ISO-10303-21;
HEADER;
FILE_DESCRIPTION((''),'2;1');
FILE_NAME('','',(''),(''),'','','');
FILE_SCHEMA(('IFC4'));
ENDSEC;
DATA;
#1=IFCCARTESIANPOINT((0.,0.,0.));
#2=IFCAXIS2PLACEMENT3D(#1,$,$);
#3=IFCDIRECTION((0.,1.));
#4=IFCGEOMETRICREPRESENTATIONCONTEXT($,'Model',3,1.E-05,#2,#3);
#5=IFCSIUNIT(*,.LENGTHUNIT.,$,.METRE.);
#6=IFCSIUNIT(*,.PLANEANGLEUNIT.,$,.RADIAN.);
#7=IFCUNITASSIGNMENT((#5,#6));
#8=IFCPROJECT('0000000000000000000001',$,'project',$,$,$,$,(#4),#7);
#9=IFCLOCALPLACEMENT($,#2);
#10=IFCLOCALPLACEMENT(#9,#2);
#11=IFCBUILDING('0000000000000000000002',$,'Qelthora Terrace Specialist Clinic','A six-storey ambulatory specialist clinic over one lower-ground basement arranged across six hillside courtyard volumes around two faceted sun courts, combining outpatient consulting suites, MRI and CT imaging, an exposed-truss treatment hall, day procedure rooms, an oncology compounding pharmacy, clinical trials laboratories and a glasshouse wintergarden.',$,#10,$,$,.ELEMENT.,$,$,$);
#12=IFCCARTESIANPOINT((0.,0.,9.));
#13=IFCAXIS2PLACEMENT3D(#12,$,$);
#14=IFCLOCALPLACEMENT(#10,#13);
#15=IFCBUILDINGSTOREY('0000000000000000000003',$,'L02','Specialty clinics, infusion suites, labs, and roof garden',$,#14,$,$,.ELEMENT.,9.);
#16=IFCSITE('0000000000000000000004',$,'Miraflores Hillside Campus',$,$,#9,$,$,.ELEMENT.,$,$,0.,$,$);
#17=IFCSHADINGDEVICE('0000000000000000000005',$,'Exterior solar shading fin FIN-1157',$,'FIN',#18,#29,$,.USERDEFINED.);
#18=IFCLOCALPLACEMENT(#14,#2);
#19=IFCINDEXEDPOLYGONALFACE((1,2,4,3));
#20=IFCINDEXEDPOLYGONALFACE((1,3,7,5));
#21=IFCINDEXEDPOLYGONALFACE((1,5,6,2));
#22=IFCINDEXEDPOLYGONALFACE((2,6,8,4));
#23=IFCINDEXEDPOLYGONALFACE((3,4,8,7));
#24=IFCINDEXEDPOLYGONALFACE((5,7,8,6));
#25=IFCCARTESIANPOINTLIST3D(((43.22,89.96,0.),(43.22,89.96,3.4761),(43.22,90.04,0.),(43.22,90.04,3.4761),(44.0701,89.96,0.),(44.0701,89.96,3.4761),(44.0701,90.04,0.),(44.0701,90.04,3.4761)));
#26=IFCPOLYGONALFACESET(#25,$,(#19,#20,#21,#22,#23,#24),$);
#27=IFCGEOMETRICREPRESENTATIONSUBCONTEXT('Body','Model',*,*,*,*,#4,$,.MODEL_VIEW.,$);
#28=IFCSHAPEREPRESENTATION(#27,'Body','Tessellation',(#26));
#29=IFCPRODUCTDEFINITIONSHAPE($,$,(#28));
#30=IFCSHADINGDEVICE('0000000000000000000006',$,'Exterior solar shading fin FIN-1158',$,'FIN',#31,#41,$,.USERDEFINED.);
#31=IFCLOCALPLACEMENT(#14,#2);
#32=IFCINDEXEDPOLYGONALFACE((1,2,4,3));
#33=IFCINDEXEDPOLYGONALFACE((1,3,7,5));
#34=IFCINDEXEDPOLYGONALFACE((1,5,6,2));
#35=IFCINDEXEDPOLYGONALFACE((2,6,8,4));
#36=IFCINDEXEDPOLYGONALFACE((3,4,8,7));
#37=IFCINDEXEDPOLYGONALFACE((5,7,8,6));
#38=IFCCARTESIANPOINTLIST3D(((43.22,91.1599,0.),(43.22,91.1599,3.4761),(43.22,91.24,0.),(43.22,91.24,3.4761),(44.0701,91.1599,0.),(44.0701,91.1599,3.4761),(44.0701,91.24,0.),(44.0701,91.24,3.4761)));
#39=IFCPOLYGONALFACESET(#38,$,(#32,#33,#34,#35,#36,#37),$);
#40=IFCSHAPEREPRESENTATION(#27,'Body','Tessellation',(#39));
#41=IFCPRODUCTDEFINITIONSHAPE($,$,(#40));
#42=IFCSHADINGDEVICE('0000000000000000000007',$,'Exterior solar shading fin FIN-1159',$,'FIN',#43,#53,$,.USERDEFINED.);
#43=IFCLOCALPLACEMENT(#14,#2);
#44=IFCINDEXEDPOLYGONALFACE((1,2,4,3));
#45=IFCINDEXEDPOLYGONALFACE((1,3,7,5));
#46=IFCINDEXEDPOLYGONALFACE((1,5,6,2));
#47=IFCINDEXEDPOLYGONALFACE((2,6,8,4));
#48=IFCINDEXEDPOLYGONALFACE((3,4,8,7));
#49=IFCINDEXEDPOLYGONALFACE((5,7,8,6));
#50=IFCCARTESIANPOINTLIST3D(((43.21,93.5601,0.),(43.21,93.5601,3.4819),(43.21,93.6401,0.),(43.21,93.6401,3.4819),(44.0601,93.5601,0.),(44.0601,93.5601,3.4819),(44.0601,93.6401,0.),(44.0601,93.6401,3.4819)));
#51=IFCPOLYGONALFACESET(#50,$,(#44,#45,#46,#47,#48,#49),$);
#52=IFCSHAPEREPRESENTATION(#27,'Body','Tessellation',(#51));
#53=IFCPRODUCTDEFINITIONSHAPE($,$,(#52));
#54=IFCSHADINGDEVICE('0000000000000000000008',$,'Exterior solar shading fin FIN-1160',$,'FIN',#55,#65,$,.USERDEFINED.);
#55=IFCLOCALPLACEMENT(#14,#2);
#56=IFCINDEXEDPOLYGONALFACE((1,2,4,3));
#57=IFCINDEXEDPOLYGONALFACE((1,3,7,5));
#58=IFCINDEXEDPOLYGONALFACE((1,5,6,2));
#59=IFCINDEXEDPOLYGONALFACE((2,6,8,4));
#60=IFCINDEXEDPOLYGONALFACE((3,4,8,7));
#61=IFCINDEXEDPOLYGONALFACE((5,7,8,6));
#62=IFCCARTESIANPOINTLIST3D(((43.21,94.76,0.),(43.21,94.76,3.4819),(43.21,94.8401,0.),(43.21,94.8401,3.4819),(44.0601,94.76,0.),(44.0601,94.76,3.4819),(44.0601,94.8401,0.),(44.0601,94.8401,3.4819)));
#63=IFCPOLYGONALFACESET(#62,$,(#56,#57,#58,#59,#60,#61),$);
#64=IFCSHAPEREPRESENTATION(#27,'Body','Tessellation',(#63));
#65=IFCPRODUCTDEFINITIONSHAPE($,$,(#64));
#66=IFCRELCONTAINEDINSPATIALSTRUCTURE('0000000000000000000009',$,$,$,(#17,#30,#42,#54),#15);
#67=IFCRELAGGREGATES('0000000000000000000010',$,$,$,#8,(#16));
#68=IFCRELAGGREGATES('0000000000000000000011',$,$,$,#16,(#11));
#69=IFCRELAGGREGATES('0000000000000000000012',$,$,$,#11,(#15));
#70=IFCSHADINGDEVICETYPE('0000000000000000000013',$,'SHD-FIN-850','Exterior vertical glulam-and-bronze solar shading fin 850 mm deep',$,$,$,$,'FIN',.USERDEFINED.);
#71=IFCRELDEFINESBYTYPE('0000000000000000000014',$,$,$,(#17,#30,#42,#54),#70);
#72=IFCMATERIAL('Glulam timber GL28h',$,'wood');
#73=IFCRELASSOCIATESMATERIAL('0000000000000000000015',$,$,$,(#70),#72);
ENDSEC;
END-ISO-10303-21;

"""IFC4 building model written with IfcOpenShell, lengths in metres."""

from ifc_helpers import new_model, si_unit, direction, frame, origin, origin_2d, place, context, subcontext, project, spatial, rectangle, extrude, material, type_object, element, save


model = new_model("IFC4")

# Units and contexts
model_context = context("Model", 3, precision=1e-05, world=origin(), true_north=direction((0.0, 1.0)))
body_context = subcontext(model_context, "Body", "Model", "MODEL_VIEW")
ifc_project = project(units=[si_unit("LENGTHUNIT", "METRE"), si_unit("PLANEANGLEUNIT", "RADIAN")], contexts=[model_context])

# Site, building, storey
site_placement = place(None, origin())
site = spatial("IfcSite", under=ifc_project, at=site_placement, Name="Miraflores Hillside Campus", CompositionType="ELEMENT", RefElevation=0.0)
building_placement = place(site_placement, origin())
building = spatial("IfcBuilding", under=site, at=building_placement, Name="Qelthora Terrace Specialist Clinic", Description="A six-storey ambulatory specialist clinic over one lower-ground basement arranged across six hillside courtyard volumes around two faceted sun courts, combining outpatient consulting suites, MRI and CT imaging, an exposed-truss treatment hall, day procedure rooms, an oncology compounding pharmacy, clinical trials laboratories and a glasshouse wintergarden.", CompositionType="ELEMENT")
storey_placement = place(building_placement, frame((0.0, 0.0, 9.0)))
storey = spatial("IfcBuildingStorey", under=building, at=storey_placement, Name="L02", Description="Specialty clinics, infusion suites, labs, and roof garden", CompositionType="ELEMENT", Elevation=9.0)

# Shading devices
ifc_material_1 = material(Name="Glulam timber GL28h", Category="wood")
shading_device_type = type_object("IfcShadingDeviceType", Name="SHD-FIN-850", Description="Exterior vertical glulam-and-bronze solar shading fin 850 mm deep", ElementType="FIN", PredefinedType="USERDEFINED", material=ifc_material_1)
for number, where, z_axis, x_axis, name in (
    (1, (43.645, 90.0, 0.0), (0.0, 0.0, 1.0), (1.0, 0.0, 0.0), "Exterior solar shading fin FIN-1157"),
    (2, (43.645, 91.2, 0.0), (0.0, 0.0, 1.0), (1.0, 0.0, 0.0), "Exterior solar shading fin FIN-1158"),
):
    element("IfcShadingDevice", number, at=place(storey_placement, frame(where, z_axis=z_axis, x_axis=x_axis)), inside=storey, type_object=shading_device_type, Name=name, ObjectType="FIN", PredefinedType="USERDEFINED", context=body_context, shape_type="SweptSolid", body=[
        extrude(rectangle(XDim=0.8501, YDim=0.0801, at=origin_2d()), origin(), (0.0, 0.0, 1.0), 3.4761),
    ])
for number, where, z_axis, x_axis, name in (
    (3, (43.635, 93.6001, 0.0), (0.0, 0.0, 1.0), (1.0, 0.0, 0.0), "Exterior solar shading fin FIN-1159"),
    (4, (43.635, 94.8, 0.0), (0.0, 0.0, 1.0), (1.0, 0.0, 0.0), "Exterior solar shading fin FIN-1160"),
):
    element("IfcShadingDevice", number, at=place(storey_placement, frame(where, z_axis=z_axis, x_axis=x_axis)), inside=storey, type_object=shading_device_type, Name=name, ObjectType="FIN", PredefinedType="USERDEFINED", context=body_context, shape_type="SweptSolid", body=[
        extrude(rectangle(XDim=0.8501, YDim=0.0801, at=origin_2d()), origin(), (0.0, 0.0, 1.0), 3.4819),
    ])

save(model, "model.ifc")
